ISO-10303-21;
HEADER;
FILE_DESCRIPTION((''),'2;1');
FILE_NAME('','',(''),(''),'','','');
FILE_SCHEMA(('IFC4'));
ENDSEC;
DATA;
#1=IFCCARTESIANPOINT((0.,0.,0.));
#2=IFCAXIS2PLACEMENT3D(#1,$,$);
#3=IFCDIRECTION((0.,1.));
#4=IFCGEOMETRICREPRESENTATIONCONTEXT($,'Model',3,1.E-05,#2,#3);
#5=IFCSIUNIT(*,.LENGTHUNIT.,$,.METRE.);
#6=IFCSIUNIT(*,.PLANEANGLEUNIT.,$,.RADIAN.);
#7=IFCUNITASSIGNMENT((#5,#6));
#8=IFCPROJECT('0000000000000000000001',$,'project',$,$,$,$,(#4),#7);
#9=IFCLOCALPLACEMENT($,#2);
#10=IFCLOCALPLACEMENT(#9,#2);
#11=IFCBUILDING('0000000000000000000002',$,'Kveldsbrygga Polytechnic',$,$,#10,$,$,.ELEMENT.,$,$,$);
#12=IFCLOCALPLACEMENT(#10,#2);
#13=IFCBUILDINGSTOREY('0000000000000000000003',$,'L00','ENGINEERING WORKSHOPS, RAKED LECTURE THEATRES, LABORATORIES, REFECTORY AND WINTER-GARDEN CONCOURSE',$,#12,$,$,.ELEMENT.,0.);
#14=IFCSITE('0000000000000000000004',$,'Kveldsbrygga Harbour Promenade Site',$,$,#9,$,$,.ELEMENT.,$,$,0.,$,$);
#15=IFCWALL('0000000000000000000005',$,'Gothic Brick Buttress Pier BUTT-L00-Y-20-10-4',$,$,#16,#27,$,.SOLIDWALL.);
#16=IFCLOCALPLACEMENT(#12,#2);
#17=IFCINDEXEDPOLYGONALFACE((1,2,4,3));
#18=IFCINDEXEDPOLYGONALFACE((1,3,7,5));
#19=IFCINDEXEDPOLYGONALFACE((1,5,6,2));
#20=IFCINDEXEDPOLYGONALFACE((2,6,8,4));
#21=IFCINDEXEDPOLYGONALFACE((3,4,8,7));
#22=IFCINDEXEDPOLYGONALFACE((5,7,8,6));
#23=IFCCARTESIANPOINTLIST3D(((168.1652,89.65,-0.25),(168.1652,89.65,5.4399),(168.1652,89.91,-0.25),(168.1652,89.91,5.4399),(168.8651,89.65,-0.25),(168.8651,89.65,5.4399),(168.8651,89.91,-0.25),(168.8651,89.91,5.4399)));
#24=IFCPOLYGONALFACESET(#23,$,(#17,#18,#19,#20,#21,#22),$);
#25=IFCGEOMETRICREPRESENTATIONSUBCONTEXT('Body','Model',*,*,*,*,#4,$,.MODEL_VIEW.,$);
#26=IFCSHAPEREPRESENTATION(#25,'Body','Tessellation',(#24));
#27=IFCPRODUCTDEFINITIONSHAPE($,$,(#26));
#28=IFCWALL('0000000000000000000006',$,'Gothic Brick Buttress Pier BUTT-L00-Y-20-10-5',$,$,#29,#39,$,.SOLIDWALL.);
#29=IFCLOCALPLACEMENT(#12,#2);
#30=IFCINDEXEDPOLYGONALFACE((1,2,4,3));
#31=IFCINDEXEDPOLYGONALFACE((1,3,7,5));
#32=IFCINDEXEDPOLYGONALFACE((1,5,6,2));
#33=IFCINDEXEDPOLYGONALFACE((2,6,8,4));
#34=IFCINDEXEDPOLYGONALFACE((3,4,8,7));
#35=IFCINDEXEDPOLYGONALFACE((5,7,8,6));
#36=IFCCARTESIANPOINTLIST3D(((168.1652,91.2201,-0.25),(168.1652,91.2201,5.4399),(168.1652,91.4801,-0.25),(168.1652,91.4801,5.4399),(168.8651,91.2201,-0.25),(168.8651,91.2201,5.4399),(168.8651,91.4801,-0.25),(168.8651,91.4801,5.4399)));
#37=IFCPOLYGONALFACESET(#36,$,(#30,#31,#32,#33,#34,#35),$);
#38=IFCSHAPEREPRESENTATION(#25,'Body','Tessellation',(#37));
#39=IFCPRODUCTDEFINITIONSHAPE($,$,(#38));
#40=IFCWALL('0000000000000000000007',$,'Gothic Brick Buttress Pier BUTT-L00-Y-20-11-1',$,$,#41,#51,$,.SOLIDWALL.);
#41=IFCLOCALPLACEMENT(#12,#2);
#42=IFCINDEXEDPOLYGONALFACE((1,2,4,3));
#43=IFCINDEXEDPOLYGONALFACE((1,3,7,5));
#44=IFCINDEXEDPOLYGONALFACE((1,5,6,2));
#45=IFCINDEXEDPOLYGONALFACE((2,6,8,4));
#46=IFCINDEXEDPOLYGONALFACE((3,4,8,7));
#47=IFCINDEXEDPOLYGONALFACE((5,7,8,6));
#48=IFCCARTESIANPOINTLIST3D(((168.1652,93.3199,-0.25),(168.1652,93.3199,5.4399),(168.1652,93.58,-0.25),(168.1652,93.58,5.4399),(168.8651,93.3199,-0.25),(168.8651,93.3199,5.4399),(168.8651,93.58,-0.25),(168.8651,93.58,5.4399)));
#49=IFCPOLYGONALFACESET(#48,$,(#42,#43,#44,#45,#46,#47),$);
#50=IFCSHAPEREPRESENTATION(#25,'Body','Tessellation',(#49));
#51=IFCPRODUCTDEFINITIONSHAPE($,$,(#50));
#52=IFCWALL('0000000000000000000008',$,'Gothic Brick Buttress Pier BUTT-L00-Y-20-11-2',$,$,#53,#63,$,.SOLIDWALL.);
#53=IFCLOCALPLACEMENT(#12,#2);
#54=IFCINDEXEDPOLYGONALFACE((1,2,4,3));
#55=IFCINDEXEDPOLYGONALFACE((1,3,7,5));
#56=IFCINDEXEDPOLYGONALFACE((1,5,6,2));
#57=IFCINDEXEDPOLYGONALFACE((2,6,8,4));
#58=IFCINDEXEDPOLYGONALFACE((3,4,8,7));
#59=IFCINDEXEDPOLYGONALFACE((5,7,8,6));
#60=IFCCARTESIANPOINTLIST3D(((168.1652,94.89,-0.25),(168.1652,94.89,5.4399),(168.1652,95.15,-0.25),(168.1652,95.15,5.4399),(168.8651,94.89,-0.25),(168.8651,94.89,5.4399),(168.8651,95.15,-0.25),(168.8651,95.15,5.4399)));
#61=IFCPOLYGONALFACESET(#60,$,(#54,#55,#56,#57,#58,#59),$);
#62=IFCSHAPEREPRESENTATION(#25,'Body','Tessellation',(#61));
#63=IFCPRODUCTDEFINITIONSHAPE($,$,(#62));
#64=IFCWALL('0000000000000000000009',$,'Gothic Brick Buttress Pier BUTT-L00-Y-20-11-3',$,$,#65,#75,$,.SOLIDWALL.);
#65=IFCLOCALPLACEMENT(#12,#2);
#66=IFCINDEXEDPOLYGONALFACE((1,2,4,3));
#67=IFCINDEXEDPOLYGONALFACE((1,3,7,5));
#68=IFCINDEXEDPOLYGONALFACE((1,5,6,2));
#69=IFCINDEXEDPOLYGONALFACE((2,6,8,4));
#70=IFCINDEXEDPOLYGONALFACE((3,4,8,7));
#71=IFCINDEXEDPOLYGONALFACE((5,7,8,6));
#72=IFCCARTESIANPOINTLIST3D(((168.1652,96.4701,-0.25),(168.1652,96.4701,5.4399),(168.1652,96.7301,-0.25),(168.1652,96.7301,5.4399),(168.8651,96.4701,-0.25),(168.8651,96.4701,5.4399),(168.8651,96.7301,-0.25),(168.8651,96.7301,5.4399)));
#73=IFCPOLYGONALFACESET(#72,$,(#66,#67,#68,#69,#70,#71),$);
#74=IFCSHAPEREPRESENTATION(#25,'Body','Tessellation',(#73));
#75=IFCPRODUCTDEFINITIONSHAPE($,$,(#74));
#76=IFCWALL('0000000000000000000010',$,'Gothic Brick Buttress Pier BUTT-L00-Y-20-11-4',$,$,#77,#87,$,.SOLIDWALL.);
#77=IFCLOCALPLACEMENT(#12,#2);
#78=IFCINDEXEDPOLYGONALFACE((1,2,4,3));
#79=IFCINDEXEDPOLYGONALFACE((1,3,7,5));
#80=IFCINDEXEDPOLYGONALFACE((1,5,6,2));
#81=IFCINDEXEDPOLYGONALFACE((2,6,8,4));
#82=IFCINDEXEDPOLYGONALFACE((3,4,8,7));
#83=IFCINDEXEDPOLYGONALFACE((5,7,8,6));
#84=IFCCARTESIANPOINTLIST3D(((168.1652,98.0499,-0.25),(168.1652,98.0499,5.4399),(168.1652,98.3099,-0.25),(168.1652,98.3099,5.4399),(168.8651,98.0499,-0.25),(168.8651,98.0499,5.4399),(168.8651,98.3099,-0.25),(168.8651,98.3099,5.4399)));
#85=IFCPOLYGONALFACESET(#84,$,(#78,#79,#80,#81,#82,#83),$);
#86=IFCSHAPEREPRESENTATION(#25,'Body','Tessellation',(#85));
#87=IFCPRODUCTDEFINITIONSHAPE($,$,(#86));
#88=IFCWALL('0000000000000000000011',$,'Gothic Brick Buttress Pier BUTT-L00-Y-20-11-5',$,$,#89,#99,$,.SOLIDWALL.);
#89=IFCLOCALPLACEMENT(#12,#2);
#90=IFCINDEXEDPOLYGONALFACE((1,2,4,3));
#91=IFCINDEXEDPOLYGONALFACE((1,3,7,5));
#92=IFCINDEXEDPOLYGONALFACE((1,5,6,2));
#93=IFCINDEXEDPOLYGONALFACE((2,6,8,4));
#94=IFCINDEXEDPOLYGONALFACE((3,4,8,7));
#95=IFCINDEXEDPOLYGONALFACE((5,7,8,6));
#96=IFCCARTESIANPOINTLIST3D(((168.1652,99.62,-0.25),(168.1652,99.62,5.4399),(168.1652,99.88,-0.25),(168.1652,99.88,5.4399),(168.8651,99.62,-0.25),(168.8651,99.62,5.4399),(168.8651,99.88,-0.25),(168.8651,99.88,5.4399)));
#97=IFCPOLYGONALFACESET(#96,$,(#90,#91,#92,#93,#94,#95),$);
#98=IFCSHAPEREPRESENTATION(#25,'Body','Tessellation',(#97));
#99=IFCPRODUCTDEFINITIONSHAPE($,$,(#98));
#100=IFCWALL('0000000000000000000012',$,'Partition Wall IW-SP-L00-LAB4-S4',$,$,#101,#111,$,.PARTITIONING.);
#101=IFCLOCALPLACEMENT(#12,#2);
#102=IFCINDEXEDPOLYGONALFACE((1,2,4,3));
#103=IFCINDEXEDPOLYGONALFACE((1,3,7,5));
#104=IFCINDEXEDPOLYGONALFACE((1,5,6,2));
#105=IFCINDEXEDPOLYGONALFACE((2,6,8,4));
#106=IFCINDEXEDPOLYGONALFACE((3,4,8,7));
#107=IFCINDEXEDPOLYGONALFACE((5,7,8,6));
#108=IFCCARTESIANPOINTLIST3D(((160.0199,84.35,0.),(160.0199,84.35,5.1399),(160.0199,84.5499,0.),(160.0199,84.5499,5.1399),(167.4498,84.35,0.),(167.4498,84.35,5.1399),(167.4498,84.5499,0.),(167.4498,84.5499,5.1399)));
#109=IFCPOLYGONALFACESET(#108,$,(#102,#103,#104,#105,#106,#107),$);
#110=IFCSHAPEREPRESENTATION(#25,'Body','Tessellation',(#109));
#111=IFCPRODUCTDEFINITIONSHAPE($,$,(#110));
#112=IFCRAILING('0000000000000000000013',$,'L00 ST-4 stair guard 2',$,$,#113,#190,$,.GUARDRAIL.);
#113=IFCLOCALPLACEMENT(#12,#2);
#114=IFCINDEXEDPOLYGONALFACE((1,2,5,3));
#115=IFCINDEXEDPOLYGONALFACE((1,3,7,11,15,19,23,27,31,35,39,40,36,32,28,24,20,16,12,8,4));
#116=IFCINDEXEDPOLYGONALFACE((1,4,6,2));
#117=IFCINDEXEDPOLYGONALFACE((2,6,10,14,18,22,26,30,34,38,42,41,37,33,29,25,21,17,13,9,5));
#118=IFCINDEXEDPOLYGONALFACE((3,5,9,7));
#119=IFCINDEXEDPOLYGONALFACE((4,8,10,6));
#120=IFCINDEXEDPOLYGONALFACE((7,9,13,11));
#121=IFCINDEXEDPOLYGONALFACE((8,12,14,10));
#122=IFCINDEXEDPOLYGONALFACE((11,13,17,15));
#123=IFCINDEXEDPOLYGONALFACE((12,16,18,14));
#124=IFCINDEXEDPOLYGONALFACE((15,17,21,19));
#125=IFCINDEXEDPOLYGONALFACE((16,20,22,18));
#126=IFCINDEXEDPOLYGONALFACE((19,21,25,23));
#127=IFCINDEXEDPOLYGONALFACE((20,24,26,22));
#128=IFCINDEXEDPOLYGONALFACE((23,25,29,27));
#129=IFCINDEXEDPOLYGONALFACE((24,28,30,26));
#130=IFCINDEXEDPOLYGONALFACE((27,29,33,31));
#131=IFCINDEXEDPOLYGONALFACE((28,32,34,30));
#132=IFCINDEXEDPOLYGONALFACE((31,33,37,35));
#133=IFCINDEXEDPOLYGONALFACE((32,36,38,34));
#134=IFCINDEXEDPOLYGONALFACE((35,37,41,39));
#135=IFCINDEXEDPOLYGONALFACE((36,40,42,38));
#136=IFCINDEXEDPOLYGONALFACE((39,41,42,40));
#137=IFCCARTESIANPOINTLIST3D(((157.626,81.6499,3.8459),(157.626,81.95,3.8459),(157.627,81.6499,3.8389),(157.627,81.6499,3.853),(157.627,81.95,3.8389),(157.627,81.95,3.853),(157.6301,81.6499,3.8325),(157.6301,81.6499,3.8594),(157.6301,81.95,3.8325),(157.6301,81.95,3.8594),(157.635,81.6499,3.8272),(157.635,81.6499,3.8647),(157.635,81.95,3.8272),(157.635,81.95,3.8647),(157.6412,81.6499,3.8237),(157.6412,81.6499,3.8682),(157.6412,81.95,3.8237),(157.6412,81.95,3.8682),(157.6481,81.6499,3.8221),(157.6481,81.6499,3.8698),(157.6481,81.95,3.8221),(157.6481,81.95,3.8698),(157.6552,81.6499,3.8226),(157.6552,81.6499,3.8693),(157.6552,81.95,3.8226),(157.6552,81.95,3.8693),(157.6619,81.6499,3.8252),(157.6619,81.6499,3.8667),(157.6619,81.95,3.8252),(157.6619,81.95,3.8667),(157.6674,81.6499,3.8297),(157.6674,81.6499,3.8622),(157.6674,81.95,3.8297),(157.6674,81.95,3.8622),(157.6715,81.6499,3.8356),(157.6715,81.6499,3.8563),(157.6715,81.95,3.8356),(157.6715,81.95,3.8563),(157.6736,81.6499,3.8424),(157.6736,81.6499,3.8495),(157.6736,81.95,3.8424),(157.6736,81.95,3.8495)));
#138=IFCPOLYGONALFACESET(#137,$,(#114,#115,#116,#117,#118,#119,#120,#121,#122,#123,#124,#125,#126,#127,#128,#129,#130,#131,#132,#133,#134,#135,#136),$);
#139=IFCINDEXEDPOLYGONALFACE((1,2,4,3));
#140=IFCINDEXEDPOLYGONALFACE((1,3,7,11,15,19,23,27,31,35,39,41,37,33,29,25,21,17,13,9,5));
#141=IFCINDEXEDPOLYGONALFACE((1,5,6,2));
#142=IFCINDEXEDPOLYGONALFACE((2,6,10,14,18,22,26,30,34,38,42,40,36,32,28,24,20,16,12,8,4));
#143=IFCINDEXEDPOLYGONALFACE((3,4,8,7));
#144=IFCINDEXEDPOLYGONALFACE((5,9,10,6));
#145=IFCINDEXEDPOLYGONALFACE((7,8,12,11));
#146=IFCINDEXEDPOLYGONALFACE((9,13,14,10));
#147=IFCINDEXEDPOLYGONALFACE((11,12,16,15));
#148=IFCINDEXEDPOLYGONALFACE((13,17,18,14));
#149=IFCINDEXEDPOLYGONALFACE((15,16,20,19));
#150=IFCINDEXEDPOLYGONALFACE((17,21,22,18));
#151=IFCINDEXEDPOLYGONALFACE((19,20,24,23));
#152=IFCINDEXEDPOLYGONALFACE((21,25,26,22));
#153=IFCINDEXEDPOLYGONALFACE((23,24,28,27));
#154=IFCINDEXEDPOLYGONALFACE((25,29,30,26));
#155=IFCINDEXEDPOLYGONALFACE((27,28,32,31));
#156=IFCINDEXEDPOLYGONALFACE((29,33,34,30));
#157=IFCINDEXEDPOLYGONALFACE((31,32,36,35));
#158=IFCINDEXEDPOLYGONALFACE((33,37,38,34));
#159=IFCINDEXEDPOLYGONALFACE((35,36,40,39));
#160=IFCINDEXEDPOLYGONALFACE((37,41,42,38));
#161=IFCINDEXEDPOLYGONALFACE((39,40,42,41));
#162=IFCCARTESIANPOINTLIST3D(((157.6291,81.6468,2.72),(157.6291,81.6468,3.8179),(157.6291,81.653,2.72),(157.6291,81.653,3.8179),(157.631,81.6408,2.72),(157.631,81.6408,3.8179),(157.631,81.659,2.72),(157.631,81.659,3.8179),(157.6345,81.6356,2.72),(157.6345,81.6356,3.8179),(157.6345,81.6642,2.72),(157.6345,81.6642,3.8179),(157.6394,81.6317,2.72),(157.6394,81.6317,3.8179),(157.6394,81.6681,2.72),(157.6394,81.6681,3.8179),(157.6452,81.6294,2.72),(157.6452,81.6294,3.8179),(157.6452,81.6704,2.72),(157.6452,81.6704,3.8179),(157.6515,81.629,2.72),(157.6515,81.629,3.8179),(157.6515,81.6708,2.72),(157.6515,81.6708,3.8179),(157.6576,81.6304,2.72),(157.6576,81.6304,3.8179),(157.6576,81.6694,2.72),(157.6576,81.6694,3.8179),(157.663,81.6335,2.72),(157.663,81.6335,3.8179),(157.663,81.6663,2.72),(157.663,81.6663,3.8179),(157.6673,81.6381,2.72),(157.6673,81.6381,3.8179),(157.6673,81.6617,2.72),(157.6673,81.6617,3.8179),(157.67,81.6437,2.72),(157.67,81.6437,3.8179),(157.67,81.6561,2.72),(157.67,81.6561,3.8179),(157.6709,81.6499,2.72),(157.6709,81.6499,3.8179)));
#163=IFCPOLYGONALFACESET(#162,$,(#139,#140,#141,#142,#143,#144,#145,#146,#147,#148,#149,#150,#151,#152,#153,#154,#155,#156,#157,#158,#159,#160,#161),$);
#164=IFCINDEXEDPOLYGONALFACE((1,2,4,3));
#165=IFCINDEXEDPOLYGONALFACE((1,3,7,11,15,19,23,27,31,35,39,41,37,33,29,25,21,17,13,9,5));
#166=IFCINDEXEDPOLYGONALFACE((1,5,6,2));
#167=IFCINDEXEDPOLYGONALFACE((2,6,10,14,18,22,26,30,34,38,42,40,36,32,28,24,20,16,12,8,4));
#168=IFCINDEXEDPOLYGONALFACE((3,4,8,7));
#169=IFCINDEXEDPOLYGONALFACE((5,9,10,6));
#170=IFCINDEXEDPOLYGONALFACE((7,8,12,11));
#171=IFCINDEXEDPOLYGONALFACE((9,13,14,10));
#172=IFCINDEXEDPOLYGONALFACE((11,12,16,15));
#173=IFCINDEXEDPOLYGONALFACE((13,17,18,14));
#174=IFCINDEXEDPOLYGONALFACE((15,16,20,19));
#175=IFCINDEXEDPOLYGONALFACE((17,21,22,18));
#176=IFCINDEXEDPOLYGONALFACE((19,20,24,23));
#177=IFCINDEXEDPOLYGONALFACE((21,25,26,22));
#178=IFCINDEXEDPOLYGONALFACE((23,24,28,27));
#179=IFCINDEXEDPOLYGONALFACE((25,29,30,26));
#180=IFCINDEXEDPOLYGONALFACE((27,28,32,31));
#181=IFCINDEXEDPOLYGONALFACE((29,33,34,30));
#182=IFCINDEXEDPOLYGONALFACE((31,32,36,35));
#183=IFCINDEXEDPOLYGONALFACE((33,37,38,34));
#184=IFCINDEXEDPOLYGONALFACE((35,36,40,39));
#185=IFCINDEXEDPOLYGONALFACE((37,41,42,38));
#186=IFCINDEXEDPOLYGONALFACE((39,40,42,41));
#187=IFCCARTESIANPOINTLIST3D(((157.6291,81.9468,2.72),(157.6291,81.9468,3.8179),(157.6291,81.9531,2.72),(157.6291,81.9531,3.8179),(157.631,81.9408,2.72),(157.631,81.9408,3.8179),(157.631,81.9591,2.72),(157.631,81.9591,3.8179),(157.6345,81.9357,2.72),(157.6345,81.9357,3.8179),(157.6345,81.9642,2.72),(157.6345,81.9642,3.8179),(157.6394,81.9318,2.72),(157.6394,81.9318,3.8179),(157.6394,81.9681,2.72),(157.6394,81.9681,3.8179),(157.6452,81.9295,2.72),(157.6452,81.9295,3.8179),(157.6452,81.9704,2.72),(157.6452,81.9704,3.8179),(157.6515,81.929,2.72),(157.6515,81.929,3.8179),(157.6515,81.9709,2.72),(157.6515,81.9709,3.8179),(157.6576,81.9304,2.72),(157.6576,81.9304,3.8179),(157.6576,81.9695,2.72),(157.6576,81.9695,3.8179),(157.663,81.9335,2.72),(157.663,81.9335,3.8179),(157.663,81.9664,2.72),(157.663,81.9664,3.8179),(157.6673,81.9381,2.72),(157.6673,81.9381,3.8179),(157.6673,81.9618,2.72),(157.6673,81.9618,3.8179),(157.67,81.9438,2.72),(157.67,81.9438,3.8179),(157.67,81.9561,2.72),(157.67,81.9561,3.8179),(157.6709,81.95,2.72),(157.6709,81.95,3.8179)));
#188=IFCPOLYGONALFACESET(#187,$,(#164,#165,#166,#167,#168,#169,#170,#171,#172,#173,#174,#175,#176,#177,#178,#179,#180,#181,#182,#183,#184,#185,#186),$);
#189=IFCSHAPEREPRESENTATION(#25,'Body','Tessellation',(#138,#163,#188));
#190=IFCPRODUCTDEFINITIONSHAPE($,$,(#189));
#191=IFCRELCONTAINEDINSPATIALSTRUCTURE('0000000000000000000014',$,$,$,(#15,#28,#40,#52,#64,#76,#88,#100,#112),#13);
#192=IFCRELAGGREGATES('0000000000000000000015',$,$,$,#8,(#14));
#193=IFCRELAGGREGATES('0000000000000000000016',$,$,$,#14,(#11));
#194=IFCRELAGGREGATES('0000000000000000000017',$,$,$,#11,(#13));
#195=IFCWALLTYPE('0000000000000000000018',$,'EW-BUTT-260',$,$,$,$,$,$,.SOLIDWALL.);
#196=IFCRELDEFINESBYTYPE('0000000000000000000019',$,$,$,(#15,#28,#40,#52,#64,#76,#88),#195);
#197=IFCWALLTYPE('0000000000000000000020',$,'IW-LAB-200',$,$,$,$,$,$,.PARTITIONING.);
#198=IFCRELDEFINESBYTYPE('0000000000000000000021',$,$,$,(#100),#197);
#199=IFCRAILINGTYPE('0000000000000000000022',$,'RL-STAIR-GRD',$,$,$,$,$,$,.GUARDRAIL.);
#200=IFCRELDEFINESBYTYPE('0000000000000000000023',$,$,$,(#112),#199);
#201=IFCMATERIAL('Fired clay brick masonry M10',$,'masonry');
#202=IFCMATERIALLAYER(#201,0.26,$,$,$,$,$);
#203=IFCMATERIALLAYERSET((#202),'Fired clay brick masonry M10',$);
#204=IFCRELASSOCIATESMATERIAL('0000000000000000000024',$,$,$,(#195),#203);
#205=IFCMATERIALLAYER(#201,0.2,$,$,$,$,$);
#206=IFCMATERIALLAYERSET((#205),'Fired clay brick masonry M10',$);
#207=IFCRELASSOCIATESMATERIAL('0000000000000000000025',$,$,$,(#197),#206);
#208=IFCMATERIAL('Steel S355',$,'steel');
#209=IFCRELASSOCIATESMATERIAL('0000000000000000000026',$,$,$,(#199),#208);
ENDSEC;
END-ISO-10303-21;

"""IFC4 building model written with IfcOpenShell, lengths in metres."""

from ifc_helpers import new_model, si_unit, direction, frame, frame_2d, origin, origin_2d, place, context, subcontext, project, spatial, rectangle, circle, extrude, material, layer, layer_set, type_object, element, save


model = new_model("IFC4")

# Units and contexts
model_context = context("Model", 3, precision=1e-05, world=origin(), true_north=direction((0.0, 1.0)))
body_context = subcontext(model_context, "Body", "Model", "MODEL_VIEW")
ifc_project = project(units=[si_unit("LENGTHUNIT", "METRE"), si_unit("PLANEANGLEUNIT", "RADIAN")], contexts=[model_context])

# Site, building, storey
site_placement = place(None, origin())
site = spatial("IfcSite", under=ifc_project, at=site_placement, Name="Kveldsbrygga Harbour Promenade Site", CompositionType="ELEMENT", RefElevation=0.0)
building_placement = place(site_placement, origin())
building = spatial("IfcBuilding", under=site, at=building_placement, Name="Kveldsbrygga Polytechnic", CompositionType="ELEMENT")
storey_placement = place(building_placement, origin())
storey = spatial("IfcBuildingStorey", under=building, at=storey_placement, Name="L00", Description="ENGINEERING WORKSHOPS, RAKED LECTURE THEATRES, LABORATORIES, REFECTORY AND WINTER-GARDEN CONCOURSE", CompositionType="ELEMENT", Elevation=0.0)

# Shared definitions
ifc_material_1 = material(Name="Steel S355", Category="steel")

# Walls
ifc_material_2 = material(Name="Fired clay brick masonry M10", Category="masonry")
ifc_layer_1 = layer(ifc_material_2, 0.26)
ifc_layer_set_1 = layer_set([ifc_layer_1], Name="Fired clay brick masonry M10")
wall_type_1 = type_object("IfcWallType", Name="EW-BUTT-260", PredefinedType="SOLIDWALL", material=ifc_layer_set_1)
for number, where, z_axis, x_axis, name in (
    (1, (168.165, 89.78, -0.25), (0.0, 0.0, 1.0), (1.0, 0.0, 0.0), "Gothic Brick Buttress Pier BUTT-L00-Y-20-10-4"),
    (2, (168.165, 91.3501, -0.25), (0.0, 0.0, 1.0), (1.0, 0.0, 0.0), "Gothic Brick Buttress Pier BUTT-L00-Y-20-10-5"),
    (3, (168.165, 93.45, -0.25), (0.0, 0.0, 1.0), (1.0, 0.0, 0.0), "Gothic Brick Buttress Pier BUTT-L00-Y-20-11-1"),
    (4, (168.165, 95.02, -0.25), (0.0, 0.0, 1.0), (1.0, 0.0, 0.0), "Gothic Brick Buttress Pier BUTT-L00-Y-20-11-2"),
    (5, (168.165, 96.6001, -0.25), (0.0, 0.0, 1.0), (1.0, 0.0, 0.0), "Gothic Brick Buttress Pier BUTT-L00-Y-20-11-3"),
    (6, (168.165, 98.1799, -0.25), (0.0, 0.0, 1.0), (1.0, 0.0, 0.0), "Gothic Brick Buttress Pier BUTT-L00-Y-20-11-4"),
    (7, (168.165, 99.75, -0.25), (0.0, 0.0, 1.0), (1.0, 0.0, 0.0), "Gothic Brick Buttress Pier BUTT-L00-Y-20-11-5"),
):
    element("IfcWall", number, at=place(storey_placement, frame(where, z_axis=z_axis, x_axis=x_axis)), inside=storey, type_object=wall_type_1, Name=name, PredefinedType="SOLIDWALL", context=body_context, shape_type="SweptSolid", body=[
        extrude(rectangle(XDim=0.7, YDim=0.26, at=frame_2d((0.3501, 0.0))), origin(), (0.0, 0.0, 1.0), 5.6899),
    ])
ifc_layer_2 = layer(ifc_material_2, 0.2)
ifc_layer_set_2 = layer_set([ifc_layer_2], Name="Fired clay brick masonry M10")
wall_type_2 = type_object("IfcWallType", Name="IW-LAB-200", PredefinedType="PARTITIONING", material=ifc_layer_set_2)
wall_placement = place(storey_placement, frame((160.02, 84.45, 0.0), z_axis=(0.0, 0.0, 1.0), x_axis=(1.0, 0.0, 0.0)))
element("IfcWall", 8, at=wall_placement, inside=storey, type_object=wall_type_2, Name="Partition Wall IW-SP-L00-LAB4-S4", PredefinedType="PARTITIONING", context=body_context, shape_type="SweptSolid", body=[
    extrude(rectangle(XDim=7.4299, YDim=0.2, at=frame_2d((3.7148, 0.0))), origin(), (0.0, 0.0, 1.0), 5.1399),
])

# Railing
railing_type_1 = type_object("IfcRailingType", Name="RL-STAIR-GRD", PredefinedType="GUARDRAIL", material=ifc_material_1)
railing_1_placement = place(storey_placement, frame((157.6499, 81.6499, 2.72)))
element("IfcRailing", 9, at=railing_1_placement, inside=storey, type_object=railing_type_1, Name="L00 ST-4 stair guard 2", PredefinedType="GUARDRAIL", context=body_context, shape_type="SweptSolid", body=[
    extrude(circle(Radius=0.0239, at=origin_2d()), frame((0.0, 0.0, 1.126), z_axis=(0.0, 1.0, 0.0), x_axis=(-1.0, 0.0, 0.0)), (0.0, 0.0, 1.0), 0.3),
    extrude(circle(Radius=0.021, at=origin_2d()), origin(), (0.0, 0.0, 1.0), 1.0979),
    extrude(circle(Radius=0.021, at=origin_2d()), frame((0.0, 0.3, 0.0)), (0.0, 0.0, 1.0), 1.0979),
])

save(model, "model.ifc")
